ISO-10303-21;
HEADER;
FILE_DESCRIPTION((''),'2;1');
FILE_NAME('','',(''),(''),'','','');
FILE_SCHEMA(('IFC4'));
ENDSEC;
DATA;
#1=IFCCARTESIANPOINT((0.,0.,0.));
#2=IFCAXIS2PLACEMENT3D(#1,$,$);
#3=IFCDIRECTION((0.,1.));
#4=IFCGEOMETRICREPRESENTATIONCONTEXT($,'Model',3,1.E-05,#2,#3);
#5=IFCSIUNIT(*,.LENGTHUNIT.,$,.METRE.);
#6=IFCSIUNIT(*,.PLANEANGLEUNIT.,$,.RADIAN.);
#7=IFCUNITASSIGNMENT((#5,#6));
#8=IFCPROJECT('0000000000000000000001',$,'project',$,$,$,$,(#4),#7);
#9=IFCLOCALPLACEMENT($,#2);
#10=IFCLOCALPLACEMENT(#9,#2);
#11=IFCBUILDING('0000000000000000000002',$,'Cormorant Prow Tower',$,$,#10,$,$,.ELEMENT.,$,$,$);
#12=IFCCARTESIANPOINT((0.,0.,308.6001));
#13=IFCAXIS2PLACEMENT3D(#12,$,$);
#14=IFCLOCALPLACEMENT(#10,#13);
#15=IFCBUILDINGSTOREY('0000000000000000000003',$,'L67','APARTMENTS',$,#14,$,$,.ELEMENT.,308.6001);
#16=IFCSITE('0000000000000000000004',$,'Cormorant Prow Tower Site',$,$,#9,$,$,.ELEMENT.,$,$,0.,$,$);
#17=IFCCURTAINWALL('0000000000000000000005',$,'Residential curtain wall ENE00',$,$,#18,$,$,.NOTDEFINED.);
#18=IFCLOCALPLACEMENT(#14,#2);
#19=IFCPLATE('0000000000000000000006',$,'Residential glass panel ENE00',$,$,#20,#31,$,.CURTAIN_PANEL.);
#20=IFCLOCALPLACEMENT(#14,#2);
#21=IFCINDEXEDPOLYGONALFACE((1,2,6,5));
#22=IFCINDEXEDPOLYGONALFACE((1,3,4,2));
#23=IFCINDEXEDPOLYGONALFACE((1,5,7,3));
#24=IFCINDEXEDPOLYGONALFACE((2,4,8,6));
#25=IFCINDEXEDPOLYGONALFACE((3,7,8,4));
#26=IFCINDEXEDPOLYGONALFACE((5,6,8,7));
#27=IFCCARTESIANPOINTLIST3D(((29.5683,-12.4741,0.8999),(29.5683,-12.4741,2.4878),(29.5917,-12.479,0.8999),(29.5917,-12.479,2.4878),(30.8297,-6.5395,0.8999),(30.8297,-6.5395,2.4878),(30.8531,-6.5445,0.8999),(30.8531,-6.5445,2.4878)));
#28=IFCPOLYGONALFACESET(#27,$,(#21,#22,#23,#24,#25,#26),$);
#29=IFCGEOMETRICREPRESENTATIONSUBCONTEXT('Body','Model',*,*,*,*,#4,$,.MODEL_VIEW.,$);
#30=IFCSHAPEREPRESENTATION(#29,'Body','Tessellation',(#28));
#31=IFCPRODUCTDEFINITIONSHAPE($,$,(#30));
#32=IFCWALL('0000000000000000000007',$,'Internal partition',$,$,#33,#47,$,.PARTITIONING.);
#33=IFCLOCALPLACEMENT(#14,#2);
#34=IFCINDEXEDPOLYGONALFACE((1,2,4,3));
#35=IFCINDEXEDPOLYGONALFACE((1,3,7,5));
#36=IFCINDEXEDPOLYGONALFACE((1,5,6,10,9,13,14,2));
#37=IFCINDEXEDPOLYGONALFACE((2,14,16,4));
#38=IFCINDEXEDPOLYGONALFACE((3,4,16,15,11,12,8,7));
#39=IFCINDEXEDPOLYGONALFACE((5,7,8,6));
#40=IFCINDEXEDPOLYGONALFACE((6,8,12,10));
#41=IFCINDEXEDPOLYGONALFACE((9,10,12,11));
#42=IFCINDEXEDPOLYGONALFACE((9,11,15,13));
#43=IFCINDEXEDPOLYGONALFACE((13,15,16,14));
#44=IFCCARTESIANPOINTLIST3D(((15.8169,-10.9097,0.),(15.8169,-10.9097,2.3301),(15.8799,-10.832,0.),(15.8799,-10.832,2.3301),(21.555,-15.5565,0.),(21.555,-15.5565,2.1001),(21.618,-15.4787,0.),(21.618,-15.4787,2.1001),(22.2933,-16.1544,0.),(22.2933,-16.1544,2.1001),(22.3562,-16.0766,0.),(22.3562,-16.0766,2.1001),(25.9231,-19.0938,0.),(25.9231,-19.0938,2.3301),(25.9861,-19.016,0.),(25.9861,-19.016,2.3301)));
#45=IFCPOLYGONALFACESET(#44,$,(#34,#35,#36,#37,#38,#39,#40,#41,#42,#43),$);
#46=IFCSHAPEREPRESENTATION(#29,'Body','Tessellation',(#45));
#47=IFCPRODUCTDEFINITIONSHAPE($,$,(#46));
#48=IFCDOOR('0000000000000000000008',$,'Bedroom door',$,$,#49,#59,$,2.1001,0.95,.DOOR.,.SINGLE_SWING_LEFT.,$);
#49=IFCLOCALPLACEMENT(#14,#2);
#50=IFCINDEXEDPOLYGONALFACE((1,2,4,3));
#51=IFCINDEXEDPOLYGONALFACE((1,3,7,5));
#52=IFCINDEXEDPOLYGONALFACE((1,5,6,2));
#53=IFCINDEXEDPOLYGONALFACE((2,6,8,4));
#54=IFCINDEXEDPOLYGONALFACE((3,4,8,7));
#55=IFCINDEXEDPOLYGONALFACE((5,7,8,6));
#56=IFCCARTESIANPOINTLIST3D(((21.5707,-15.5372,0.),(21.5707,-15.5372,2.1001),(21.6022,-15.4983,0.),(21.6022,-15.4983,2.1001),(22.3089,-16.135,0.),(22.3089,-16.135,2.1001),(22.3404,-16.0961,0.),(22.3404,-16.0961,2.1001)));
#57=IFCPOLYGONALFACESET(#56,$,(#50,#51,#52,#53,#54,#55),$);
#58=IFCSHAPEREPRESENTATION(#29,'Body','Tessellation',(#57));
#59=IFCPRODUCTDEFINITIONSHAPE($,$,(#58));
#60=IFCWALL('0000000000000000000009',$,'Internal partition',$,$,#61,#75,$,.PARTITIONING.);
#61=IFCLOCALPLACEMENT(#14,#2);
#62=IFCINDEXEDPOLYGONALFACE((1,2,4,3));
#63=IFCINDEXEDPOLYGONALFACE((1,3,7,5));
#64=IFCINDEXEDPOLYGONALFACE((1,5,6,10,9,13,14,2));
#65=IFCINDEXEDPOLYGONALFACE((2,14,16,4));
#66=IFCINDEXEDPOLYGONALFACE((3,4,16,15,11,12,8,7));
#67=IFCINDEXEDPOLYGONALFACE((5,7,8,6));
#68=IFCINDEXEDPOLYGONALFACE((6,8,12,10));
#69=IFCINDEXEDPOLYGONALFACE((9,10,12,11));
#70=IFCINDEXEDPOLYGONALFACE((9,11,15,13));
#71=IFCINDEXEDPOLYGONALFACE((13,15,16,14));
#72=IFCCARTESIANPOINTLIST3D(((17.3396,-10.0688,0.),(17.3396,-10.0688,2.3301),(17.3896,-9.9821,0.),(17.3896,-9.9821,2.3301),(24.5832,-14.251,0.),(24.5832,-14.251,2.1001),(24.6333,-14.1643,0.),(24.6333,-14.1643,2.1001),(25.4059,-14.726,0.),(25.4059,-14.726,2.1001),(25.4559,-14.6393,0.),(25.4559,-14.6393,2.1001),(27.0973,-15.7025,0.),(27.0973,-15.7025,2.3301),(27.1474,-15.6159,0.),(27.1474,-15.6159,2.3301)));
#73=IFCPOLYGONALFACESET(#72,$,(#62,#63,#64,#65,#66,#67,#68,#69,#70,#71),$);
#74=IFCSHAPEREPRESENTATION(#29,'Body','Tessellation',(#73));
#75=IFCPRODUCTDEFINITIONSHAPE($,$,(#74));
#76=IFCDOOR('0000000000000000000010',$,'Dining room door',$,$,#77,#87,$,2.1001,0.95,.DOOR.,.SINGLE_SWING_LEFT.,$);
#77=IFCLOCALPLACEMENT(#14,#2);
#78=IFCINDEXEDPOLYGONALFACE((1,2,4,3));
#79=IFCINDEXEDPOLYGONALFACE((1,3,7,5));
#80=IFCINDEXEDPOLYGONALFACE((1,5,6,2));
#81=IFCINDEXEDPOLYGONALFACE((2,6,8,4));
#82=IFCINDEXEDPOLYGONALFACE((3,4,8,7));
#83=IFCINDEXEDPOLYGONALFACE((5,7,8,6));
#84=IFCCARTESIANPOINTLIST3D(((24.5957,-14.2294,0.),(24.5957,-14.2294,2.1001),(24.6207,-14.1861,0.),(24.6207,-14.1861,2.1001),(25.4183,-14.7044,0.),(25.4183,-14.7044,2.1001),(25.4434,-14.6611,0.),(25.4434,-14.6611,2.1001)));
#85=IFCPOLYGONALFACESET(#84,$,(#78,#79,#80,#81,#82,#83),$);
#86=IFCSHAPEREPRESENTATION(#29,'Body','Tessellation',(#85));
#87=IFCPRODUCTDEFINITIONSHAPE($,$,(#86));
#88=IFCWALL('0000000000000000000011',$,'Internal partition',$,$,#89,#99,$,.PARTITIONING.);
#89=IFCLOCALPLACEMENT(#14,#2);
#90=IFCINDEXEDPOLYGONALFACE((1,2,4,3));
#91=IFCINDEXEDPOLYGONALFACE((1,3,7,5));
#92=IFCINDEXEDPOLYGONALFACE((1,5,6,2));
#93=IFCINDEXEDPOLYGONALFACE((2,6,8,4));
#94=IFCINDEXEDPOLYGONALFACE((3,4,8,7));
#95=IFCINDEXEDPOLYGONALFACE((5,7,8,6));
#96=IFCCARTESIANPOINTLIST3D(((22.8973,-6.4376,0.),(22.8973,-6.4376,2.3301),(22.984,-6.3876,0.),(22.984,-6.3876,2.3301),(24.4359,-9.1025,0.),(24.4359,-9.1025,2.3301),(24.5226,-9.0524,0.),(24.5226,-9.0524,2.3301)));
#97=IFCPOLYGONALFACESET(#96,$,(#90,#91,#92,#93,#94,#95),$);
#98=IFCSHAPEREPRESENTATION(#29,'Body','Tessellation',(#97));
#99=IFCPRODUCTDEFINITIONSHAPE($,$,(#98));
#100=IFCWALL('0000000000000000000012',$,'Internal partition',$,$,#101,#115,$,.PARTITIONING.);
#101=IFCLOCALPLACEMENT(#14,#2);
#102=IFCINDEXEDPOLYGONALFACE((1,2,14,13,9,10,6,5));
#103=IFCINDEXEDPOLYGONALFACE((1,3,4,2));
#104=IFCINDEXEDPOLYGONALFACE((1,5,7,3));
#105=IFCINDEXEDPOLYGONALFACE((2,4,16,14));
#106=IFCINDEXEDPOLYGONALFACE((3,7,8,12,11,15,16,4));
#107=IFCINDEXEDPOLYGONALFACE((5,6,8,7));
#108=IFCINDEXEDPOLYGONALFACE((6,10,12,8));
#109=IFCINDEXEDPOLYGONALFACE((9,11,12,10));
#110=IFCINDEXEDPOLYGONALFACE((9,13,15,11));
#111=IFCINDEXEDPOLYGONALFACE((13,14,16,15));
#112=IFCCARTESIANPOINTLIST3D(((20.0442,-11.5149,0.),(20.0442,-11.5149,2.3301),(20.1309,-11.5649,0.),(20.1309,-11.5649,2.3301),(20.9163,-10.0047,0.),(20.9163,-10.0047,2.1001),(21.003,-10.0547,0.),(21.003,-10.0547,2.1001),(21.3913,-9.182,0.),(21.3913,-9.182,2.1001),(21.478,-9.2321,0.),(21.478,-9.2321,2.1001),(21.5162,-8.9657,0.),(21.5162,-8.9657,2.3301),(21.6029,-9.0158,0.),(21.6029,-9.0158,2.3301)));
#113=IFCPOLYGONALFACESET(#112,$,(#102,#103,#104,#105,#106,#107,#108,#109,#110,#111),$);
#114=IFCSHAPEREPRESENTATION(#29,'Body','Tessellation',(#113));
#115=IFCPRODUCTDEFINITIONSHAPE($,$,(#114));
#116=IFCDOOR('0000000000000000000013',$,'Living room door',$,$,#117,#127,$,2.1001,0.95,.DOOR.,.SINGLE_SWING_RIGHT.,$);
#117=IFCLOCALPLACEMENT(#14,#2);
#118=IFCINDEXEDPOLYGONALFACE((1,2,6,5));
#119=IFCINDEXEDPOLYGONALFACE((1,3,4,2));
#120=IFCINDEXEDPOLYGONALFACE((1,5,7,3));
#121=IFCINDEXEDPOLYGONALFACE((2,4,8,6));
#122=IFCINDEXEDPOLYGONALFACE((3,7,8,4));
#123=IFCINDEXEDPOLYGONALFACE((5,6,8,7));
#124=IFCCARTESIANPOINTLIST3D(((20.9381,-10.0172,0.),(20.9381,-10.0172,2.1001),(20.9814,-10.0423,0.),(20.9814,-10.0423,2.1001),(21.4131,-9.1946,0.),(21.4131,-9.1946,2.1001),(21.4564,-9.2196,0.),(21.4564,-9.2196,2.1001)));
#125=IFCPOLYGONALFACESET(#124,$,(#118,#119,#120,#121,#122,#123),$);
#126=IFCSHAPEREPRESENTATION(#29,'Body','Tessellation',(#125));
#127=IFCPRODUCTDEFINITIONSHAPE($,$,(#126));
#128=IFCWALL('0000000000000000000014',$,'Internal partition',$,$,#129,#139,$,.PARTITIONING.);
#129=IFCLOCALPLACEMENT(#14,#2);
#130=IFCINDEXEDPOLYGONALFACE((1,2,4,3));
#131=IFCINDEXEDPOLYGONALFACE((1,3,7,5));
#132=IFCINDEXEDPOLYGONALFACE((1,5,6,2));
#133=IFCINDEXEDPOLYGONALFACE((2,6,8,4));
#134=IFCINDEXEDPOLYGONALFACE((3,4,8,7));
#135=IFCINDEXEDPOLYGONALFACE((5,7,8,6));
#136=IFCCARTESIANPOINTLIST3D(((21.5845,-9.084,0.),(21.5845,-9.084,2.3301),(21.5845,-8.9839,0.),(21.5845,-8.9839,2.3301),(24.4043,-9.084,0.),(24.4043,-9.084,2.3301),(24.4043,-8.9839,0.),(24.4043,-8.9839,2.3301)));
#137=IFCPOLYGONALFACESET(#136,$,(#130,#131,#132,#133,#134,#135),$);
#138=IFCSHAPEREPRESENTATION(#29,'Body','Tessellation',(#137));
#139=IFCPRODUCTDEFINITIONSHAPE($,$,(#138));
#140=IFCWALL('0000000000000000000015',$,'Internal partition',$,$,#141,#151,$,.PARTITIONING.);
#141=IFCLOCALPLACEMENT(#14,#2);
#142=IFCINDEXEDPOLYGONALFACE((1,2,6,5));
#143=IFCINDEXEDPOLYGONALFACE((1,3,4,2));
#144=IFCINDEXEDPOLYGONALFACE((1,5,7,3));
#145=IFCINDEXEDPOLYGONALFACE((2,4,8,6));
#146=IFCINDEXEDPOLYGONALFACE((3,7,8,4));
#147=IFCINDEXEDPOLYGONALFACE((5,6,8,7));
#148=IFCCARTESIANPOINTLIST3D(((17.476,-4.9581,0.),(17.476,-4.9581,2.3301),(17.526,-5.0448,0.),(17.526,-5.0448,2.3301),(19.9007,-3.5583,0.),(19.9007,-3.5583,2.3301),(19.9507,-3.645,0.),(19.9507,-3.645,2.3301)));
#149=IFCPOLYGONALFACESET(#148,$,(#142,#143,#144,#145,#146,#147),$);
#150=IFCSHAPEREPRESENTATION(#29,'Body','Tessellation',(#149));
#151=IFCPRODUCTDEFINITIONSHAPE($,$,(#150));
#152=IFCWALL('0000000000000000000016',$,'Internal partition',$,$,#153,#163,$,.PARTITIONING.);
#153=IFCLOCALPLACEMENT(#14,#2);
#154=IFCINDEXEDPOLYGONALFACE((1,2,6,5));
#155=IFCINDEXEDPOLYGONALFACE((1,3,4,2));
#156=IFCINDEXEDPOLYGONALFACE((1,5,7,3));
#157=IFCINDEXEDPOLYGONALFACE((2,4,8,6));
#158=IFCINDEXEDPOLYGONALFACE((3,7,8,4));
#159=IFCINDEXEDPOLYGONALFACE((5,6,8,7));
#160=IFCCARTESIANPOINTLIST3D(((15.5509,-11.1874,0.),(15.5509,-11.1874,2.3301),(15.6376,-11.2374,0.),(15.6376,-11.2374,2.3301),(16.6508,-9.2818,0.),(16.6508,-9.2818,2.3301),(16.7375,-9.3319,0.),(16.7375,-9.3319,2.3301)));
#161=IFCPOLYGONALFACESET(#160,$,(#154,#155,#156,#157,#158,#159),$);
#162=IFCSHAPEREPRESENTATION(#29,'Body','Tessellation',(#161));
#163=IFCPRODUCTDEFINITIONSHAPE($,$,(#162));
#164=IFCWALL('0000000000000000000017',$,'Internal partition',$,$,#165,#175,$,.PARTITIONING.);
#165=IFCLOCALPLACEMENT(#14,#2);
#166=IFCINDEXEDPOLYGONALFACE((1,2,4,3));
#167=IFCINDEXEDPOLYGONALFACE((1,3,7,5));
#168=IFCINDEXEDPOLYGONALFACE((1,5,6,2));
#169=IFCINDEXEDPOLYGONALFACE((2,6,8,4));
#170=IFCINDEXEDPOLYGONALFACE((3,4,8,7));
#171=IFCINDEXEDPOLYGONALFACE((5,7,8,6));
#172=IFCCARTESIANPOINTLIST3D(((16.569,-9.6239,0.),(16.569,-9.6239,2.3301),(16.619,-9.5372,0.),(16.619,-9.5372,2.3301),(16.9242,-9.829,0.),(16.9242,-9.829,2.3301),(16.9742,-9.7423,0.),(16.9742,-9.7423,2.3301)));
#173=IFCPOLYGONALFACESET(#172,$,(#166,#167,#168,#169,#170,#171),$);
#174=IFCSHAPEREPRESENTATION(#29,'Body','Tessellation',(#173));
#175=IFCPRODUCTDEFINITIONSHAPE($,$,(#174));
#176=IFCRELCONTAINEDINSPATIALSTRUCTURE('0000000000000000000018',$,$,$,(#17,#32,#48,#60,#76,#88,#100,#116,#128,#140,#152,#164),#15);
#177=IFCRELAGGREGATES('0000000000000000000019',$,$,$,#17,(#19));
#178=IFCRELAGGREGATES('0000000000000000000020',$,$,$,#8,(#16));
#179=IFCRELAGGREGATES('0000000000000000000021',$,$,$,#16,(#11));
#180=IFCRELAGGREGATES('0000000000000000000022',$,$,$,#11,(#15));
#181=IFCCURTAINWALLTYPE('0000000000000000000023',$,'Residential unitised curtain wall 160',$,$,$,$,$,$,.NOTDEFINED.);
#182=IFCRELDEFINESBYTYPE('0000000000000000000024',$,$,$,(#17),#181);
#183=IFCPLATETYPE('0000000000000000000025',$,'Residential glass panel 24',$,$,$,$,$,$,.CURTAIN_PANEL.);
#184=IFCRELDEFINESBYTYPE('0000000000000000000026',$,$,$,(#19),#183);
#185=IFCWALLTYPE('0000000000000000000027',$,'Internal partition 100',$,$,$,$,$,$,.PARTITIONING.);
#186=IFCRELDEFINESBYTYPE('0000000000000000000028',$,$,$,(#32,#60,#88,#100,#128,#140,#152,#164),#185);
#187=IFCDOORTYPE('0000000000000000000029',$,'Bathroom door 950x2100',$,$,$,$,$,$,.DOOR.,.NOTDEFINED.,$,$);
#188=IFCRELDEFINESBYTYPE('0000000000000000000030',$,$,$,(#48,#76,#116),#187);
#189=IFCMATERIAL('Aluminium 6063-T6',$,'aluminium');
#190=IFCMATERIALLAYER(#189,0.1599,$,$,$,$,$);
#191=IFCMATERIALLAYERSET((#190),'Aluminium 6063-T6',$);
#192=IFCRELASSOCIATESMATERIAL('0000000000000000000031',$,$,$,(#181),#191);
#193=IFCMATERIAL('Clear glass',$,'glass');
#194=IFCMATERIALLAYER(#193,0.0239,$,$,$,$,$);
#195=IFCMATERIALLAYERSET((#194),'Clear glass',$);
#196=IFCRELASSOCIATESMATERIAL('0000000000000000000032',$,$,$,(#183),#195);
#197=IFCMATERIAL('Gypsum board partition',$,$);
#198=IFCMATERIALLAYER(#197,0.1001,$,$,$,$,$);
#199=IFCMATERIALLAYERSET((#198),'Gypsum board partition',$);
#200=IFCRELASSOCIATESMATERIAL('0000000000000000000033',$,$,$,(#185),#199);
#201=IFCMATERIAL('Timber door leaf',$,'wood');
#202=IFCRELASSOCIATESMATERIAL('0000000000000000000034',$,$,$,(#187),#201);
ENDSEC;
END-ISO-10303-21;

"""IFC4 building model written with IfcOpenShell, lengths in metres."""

from ifc_helpers import new_model, si_unit, direction, frame, frame_2d, origin, origin_2d, place, context, subcontext, project, spatial, rectangle, extrude, material, layer, layer_set, type_object, element, fill, aggregate, save


model = new_model("IFC4")

# Units and contexts
model_context = context("Model", 3, precision=1e-05, world=origin(), true_north=direction((0.0, 1.0)))
body_context = subcontext(model_context, "Body", "Model", "MODEL_VIEW")
ifc_project = project(units=[si_unit("LENGTHUNIT", "METRE"), si_unit("PLANEANGLEUNIT", "RADIAN")], contexts=[model_context])

# Site, building, storey
site_placement = place(None, origin())
site = spatial("IfcSite", under=ifc_project, at=site_placement, Name="Cormorant Prow Tower Site", CompositionType="ELEMENT", RefElevation=0.0)
building_placement = place(site_placement, origin())
building = spatial("IfcBuilding", under=site, at=building_placement, Name="Cormorant Prow Tower", CompositionType="ELEMENT")
storey_placement = place(building_placement, frame((0.0, 0.0, 308.6001)))
storey = spatial("IfcBuildingStorey", under=building, at=storey_placement, Name="L67", Description="APARTMENTS", CompositionType="ELEMENT", Elevation=308.6001)

# Curtain wall
ifc_material_1 = material(Name="Aluminium 6063-T6", Category="aluminium")
ifc_layer_1 = layer(ifc_material_1, 0.1599)
ifc_layer_set_1 = layer_set([ifc_layer_1], Name="Aluminium 6063-T6")
curtain_wall_type = type_object("IfcCurtainWallType", Name="Residential unitised curtain wall 160", PredefinedType="NOTDEFINED", material=ifc_layer_set_1)
curtain_wall_1_placement = place(storey_placement, origin())
curtain_wall_1 = element("IfcCurtainWall", 1, at=curtain_wall_1_placement, inside=storey, type_object=curtain_wall_type, Name="Residential curtain wall ENE00", PredefinedType="NOTDEFINED")

# Plate
ifc_material_2 = material(Name="Clear glass", Category="glass")
ifc_layer_2 = layer(ifc_material_2, 0.0239)
ifc_layer_set_2 = layer_set([ifc_layer_2], Name="Clear glass")
plate_type = type_object("IfcPlateType", Name="Residential glass panel 24", PredefinedType="CURTAIN_PANEL", material=ifc_layer_set_2)
plate_placement = place(storey_placement, frame((30.2107, -9.5093, 0.8999), z_axis=(0.0, 0.0, 1.0), x_axis=(0.207912, 0.978148, 0.0)))
plate = element("IfcPlate", 2, at=plate_placement, type_object=plate_type, Name="Residential glass panel ENE00", PredefinedType="CURTAIN_PANEL", context=body_context, shape_type="SweptSolid", body=[
    extrude(rectangle(XDim=6.0671, YDim=0.0239, at=origin_2d()), origin(), (0.0, 0.0, 1.0), 1.5879),
])
aggregate(curtain_wall_1, [plate])

# Walls, openings, doors
ifc_material_3 = material(Name="Gypsum board partition")
ifc_layer_3 = layer(ifc_material_3, 0.1001)
ifc_layer_set_3 = layer_set([ifc_layer_3], Name="Gypsum board partition")
wall_type_1 = type_object("IfcWallType", Name="Internal partition 100", PredefinedType="PARTITIONING", material=ifc_layer_set_3)
wall_1_placement = place(storey_placement, frame((15.8484, -10.8708, 0.0), z_axis=(0.0, 0.0, 1.0), x_axis=(0.777137, -0.629332, 0.0)))
wall_1 = element("IfcWall", 3, at=wall_1_placement, inside=storey, type_object=wall_type_1, Name="Internal partition", PredefinedType="PARTITIONING", context=body_context, shape_type="SweptSolid", body=[
    extrude(rectangle(XDim=13.0044, YDim=0.1001, at=frame_2d((6.5022, 0.0))), origin(), (0.0, 0.0, 1.0), 2.3301),
])
opening_1_placement = place(wall_1_placement, frame((7.3835, 0.0, 0.0)))
opening_1 = element("IfcOpeningElement", 4, at=opening_1_placement, cuts=wall_1, PredefinedType="OPENING", context=body_context, shape_type="SweptSolid", body=[
    extrude(rectangle(XDim=0.95, YDim=2.1001, at=frame_2d((0.4751, 1.05))), frame((0.0, 0.0601, 0.0), z_axis=(0.0, -1.0, 0.0), x_axis=(1.0, 0.0, 0.0)), (0.0, 0.0, 1.0), 0.1201),
])
ifc_material_4 = material(Name="Timber door leaf", Category="wood")
door_type_1 = type_object("IfcDoorType", Name="Bathroom door 950x2100", OperationType="NOTDEFINED", PredefinedType="DOOR", material=ifc_material_4)
door_1_placement = place(opening_1_placement, origin())
door_1 = element("IfcDoor", 5, at=door_1_placement, inside=storey, type_object=door_type_1, Name="Bedroom door", OperationType="SINGLE_SWING_LEFT", OverallHeight=2.1001, OverallWidth=0.95, PredefinedType="DOOR", context=body_context, shape_type="SweptSolid", body=[
    extrude(rectangle(XDim=0.95, YDim=2.1001, at=frame_2d((0.4751, 1.05))), frame((0.0, 0.0249, 0.0), z_axis=(0.0, -1.0, 0.0), x_axis=(1.0, 0.0, 0.0)), (0.0, 0.0, 1.0), 0.05),
])
fill(opening_1, door_1)
wall_2_placement = place(storey_placement, frame((17.3645, -10.0254, 0.0), z_axis=(0.0, 0.0, 1.0), x_axis=(0.866021, -0.500008, 0.0)))
wall_2 = element("IfcWall", 6, at=wall_2_placement, inside=storey, type_object=wall_type_1, Name="Internal partition", PredefinedType="PARTITIONING", context=body_context, shape_type="SweptSolid", body=[
    extrude(rectangle(XDim=11.2673, YDim=0.1001, at=frame_2d((5.6338, 0.0))), origin(), (0.0, 0.0, 1.0), 2.3301),
])
opening_2_placement = place(wall_2_placement, frame((8.3643, 0.0, 0.0)))
opening_2 = element("IfcOpeningElement", 7, at=opening_2_placement, cuts=wall_2, PredefinedType="OPENING", context=body_context, shape_type="SweptSolid", body=[
    extrude(rectangle(XDim=0.95, YDim=2.1001, at=frame_2d((0.4751, 1.05))), frame((0.0, 0.0601, 0.0), z_axis=(0.0, -1.0, 0.0), x_axis=(1.0, 0.0, 0.0)), (0.0, 0.0, 1.0), 0.1201),
])
door_2_placement = place(opening_2_placement, origin())
door_2 = element("IfcDoor", 8, at=door_2_placement, inside=storey, type_object=door_type_1, Name="Dining room door", OperationType="SINGLE_SWING_LEFT", OverallHeight=2.1001, OverallWidth=0.95, PredefinedType="DOOR", context=body_context, shape_type="SweptSolid", body=[
    extrude(rectangle(XDim=0.95, YDim=2.1001, at=frame_2d((0.4751, 1.05))), frame((0.0, 0.0249, 0.0), z_axis=(0.0, -1.0, 0.0), x_axis=(1.0, 0.0, 0.0)), (0.0, 0.0, 1.0), 0.05),
])
fill(opening_2, door_2)

# Wall
wall_3_placement = place(storey_placement, frame((22.9407, -6.4126, 0.0), z_axis=(0.0, 0.0, 1.0), x_axis=(0.500013, -0.866018, 0.0)))
element("IfcWall", 9, at=wall_3_placement, inside=storey, type_object=wall_type_1, Name="Internal partition", PredefinedType="PARTITIONING", context=body_context, shape_type="SweptSolid", body=[
    extrude(rectangle(XDim=3.0771, YDim=0.1001, at=frame_2d((1.5386, 0.0))), origin(), (0.0, 0.0, 1.0), 2.3301),
])

# Wall, opening, door
wall_4_placement = place(storey_placement, frame((20.0876, -11.5398, 0.0), z_axis=(0.0, 0.0, 1.0), x_axis=(0.500055, 0.865994, 0.0)))
wall_4 = element("IfcWall", 10, at=wall_4_placement, inside=storey, type_object=wall_type_1, Name="Internal partition", PredefinedType="PARTITIONING", context=body_context, shape_type="SweptSolid", body=[
    extrude(rectangle(XDim=2.9436, YDim=0.1001, at=frame_2d((1.4717, 0.0))), origin(), (0.0, 0.0, 1.0), 2.3301),
])
opening_3_placement = place(wall_4_placement, frame((1.7437, 0.0, 0.0)))
opening_3 = element("IfcOpeningElement", 11, at=opening_3_placement, cuts=wall_4, PredefinedType="OPENING", context=body_context, shape_type="SweptSolid", body=[
    extrude(rectangle(XDim=0.95, YDim=2.1001, at=frame_2d((0.4751, 1.05))), frame((0.0, 0.0601, 0.0), z_axis=(0.0, -1.0, 0.0), x_axis=(1.0, 0.0, 0.0)), (0.0, 0.0, 1.0), 0.1201),
])
door_3_placement = place(opening_3_placement, origin())
door_3 = element("IfcDoor", 12, at=door_3_placement, inside=storey, type_object=door_type_1, Name="Living room door", OperationType="SINGLE_SWING_RIGHT", OverallHeight=2.1001, OverallWidth=0.95, PredefinedType="DOOR", context=body_context, shape_type="SweptSolid", body=[
    extrude(rectangle(XDim=0.95, YDim=2.1001, at=frame_2d((0.4751, 1.05))), frame((0.0, 0.0249, 0.0), z_axis=(0.0, -1.0, 0.0), x_axis=(1.0, 0.0, 0.0)), (0.0, 0.0, 1.0), 0.05),
])
fill(opening_3, door_3)

# Walls
wall_5_placement = place(storey_placement, frame((21.5845, -9.0339, 0.0), z_axis=(0.0, 0.0, 1.0), x_axis=(1.0, 0.0, 0.0)))
element("IfcWall", 13, at=wall_5_placement, inside=storey, type_object=wall_type_1, Name="Internal partition", PredefinedType="PARTITIONING", context=body_context, shape_type="SweptSolid", body=[
    extrude(rectangle(XDim=2.8198, YDim=0.1001, at=frame_2d((1.4099, 0.0))), origin(), (0.0, 0.0, 1.0), 2.3301),
])
wall_6_placement = place(storey_placement, frame((17.501, -5.0015, 0.0), z_axis=(0.0, 0.0, 1.0), x_axis=(0.866035, 0.499984, 0.0)))
element("IfcWall", 14, at=wall_6_placement, inside=storey, type_object=wall_type_1, Name="Internal partition", PredefinedType="PARTITIONING", context=body_context, shape_type="SweptSolid", body=[
    extrude(rectangle(XDim=2.7998, YDim=0.1001, at=frame_2d((1.3999, 0.0))), origin(), (0.0, 0.0, 1.0), 2.3301),
])
wall_7_placement = place(storey_placement, frame((15.5942, -11.2124, 0.0), z_axis=(0.0, 0.0, 1.0), x_axis=(0.499899, 0.866084, 0.0)))
element("IfcWall", 15, at=wall_7_placement, inside=storey, type_object=wall_type_1, Name="Internal partition", PredefinedType="PARTITIONING", context=body_context, shape_type="SweptSolid", body=[
    extrude(rectangle(XDim=2.2002, YDim=0.1001, at=frame_2d((1.1001, 0.0))), origin(), (0.0, 0.0, 1.0), 2.3301),
])
wall_8_placement = place(storey_placement, frame((16.594, -9.5806, 0.0), z_axis=(0.0, 0.0, 1.0), x_axis=(0.866037, -0.49998, 0.0)))
element("IfcWall", 16, at=wall_8_placement, inside=storey, type_object=wall_type_1, Name="Internal partition", PredefinedType="PARTITIONING", context=body_context, shape_type="SweptSolid", body=[
    extrude(rectangle(XDim=0.4102, YDim=0.1001, at=frame_2d((0.2051, 0.0))), origin(), (0.0, 0.0, 1.0), 2.3301),
])

save(model, "model.ifc")
